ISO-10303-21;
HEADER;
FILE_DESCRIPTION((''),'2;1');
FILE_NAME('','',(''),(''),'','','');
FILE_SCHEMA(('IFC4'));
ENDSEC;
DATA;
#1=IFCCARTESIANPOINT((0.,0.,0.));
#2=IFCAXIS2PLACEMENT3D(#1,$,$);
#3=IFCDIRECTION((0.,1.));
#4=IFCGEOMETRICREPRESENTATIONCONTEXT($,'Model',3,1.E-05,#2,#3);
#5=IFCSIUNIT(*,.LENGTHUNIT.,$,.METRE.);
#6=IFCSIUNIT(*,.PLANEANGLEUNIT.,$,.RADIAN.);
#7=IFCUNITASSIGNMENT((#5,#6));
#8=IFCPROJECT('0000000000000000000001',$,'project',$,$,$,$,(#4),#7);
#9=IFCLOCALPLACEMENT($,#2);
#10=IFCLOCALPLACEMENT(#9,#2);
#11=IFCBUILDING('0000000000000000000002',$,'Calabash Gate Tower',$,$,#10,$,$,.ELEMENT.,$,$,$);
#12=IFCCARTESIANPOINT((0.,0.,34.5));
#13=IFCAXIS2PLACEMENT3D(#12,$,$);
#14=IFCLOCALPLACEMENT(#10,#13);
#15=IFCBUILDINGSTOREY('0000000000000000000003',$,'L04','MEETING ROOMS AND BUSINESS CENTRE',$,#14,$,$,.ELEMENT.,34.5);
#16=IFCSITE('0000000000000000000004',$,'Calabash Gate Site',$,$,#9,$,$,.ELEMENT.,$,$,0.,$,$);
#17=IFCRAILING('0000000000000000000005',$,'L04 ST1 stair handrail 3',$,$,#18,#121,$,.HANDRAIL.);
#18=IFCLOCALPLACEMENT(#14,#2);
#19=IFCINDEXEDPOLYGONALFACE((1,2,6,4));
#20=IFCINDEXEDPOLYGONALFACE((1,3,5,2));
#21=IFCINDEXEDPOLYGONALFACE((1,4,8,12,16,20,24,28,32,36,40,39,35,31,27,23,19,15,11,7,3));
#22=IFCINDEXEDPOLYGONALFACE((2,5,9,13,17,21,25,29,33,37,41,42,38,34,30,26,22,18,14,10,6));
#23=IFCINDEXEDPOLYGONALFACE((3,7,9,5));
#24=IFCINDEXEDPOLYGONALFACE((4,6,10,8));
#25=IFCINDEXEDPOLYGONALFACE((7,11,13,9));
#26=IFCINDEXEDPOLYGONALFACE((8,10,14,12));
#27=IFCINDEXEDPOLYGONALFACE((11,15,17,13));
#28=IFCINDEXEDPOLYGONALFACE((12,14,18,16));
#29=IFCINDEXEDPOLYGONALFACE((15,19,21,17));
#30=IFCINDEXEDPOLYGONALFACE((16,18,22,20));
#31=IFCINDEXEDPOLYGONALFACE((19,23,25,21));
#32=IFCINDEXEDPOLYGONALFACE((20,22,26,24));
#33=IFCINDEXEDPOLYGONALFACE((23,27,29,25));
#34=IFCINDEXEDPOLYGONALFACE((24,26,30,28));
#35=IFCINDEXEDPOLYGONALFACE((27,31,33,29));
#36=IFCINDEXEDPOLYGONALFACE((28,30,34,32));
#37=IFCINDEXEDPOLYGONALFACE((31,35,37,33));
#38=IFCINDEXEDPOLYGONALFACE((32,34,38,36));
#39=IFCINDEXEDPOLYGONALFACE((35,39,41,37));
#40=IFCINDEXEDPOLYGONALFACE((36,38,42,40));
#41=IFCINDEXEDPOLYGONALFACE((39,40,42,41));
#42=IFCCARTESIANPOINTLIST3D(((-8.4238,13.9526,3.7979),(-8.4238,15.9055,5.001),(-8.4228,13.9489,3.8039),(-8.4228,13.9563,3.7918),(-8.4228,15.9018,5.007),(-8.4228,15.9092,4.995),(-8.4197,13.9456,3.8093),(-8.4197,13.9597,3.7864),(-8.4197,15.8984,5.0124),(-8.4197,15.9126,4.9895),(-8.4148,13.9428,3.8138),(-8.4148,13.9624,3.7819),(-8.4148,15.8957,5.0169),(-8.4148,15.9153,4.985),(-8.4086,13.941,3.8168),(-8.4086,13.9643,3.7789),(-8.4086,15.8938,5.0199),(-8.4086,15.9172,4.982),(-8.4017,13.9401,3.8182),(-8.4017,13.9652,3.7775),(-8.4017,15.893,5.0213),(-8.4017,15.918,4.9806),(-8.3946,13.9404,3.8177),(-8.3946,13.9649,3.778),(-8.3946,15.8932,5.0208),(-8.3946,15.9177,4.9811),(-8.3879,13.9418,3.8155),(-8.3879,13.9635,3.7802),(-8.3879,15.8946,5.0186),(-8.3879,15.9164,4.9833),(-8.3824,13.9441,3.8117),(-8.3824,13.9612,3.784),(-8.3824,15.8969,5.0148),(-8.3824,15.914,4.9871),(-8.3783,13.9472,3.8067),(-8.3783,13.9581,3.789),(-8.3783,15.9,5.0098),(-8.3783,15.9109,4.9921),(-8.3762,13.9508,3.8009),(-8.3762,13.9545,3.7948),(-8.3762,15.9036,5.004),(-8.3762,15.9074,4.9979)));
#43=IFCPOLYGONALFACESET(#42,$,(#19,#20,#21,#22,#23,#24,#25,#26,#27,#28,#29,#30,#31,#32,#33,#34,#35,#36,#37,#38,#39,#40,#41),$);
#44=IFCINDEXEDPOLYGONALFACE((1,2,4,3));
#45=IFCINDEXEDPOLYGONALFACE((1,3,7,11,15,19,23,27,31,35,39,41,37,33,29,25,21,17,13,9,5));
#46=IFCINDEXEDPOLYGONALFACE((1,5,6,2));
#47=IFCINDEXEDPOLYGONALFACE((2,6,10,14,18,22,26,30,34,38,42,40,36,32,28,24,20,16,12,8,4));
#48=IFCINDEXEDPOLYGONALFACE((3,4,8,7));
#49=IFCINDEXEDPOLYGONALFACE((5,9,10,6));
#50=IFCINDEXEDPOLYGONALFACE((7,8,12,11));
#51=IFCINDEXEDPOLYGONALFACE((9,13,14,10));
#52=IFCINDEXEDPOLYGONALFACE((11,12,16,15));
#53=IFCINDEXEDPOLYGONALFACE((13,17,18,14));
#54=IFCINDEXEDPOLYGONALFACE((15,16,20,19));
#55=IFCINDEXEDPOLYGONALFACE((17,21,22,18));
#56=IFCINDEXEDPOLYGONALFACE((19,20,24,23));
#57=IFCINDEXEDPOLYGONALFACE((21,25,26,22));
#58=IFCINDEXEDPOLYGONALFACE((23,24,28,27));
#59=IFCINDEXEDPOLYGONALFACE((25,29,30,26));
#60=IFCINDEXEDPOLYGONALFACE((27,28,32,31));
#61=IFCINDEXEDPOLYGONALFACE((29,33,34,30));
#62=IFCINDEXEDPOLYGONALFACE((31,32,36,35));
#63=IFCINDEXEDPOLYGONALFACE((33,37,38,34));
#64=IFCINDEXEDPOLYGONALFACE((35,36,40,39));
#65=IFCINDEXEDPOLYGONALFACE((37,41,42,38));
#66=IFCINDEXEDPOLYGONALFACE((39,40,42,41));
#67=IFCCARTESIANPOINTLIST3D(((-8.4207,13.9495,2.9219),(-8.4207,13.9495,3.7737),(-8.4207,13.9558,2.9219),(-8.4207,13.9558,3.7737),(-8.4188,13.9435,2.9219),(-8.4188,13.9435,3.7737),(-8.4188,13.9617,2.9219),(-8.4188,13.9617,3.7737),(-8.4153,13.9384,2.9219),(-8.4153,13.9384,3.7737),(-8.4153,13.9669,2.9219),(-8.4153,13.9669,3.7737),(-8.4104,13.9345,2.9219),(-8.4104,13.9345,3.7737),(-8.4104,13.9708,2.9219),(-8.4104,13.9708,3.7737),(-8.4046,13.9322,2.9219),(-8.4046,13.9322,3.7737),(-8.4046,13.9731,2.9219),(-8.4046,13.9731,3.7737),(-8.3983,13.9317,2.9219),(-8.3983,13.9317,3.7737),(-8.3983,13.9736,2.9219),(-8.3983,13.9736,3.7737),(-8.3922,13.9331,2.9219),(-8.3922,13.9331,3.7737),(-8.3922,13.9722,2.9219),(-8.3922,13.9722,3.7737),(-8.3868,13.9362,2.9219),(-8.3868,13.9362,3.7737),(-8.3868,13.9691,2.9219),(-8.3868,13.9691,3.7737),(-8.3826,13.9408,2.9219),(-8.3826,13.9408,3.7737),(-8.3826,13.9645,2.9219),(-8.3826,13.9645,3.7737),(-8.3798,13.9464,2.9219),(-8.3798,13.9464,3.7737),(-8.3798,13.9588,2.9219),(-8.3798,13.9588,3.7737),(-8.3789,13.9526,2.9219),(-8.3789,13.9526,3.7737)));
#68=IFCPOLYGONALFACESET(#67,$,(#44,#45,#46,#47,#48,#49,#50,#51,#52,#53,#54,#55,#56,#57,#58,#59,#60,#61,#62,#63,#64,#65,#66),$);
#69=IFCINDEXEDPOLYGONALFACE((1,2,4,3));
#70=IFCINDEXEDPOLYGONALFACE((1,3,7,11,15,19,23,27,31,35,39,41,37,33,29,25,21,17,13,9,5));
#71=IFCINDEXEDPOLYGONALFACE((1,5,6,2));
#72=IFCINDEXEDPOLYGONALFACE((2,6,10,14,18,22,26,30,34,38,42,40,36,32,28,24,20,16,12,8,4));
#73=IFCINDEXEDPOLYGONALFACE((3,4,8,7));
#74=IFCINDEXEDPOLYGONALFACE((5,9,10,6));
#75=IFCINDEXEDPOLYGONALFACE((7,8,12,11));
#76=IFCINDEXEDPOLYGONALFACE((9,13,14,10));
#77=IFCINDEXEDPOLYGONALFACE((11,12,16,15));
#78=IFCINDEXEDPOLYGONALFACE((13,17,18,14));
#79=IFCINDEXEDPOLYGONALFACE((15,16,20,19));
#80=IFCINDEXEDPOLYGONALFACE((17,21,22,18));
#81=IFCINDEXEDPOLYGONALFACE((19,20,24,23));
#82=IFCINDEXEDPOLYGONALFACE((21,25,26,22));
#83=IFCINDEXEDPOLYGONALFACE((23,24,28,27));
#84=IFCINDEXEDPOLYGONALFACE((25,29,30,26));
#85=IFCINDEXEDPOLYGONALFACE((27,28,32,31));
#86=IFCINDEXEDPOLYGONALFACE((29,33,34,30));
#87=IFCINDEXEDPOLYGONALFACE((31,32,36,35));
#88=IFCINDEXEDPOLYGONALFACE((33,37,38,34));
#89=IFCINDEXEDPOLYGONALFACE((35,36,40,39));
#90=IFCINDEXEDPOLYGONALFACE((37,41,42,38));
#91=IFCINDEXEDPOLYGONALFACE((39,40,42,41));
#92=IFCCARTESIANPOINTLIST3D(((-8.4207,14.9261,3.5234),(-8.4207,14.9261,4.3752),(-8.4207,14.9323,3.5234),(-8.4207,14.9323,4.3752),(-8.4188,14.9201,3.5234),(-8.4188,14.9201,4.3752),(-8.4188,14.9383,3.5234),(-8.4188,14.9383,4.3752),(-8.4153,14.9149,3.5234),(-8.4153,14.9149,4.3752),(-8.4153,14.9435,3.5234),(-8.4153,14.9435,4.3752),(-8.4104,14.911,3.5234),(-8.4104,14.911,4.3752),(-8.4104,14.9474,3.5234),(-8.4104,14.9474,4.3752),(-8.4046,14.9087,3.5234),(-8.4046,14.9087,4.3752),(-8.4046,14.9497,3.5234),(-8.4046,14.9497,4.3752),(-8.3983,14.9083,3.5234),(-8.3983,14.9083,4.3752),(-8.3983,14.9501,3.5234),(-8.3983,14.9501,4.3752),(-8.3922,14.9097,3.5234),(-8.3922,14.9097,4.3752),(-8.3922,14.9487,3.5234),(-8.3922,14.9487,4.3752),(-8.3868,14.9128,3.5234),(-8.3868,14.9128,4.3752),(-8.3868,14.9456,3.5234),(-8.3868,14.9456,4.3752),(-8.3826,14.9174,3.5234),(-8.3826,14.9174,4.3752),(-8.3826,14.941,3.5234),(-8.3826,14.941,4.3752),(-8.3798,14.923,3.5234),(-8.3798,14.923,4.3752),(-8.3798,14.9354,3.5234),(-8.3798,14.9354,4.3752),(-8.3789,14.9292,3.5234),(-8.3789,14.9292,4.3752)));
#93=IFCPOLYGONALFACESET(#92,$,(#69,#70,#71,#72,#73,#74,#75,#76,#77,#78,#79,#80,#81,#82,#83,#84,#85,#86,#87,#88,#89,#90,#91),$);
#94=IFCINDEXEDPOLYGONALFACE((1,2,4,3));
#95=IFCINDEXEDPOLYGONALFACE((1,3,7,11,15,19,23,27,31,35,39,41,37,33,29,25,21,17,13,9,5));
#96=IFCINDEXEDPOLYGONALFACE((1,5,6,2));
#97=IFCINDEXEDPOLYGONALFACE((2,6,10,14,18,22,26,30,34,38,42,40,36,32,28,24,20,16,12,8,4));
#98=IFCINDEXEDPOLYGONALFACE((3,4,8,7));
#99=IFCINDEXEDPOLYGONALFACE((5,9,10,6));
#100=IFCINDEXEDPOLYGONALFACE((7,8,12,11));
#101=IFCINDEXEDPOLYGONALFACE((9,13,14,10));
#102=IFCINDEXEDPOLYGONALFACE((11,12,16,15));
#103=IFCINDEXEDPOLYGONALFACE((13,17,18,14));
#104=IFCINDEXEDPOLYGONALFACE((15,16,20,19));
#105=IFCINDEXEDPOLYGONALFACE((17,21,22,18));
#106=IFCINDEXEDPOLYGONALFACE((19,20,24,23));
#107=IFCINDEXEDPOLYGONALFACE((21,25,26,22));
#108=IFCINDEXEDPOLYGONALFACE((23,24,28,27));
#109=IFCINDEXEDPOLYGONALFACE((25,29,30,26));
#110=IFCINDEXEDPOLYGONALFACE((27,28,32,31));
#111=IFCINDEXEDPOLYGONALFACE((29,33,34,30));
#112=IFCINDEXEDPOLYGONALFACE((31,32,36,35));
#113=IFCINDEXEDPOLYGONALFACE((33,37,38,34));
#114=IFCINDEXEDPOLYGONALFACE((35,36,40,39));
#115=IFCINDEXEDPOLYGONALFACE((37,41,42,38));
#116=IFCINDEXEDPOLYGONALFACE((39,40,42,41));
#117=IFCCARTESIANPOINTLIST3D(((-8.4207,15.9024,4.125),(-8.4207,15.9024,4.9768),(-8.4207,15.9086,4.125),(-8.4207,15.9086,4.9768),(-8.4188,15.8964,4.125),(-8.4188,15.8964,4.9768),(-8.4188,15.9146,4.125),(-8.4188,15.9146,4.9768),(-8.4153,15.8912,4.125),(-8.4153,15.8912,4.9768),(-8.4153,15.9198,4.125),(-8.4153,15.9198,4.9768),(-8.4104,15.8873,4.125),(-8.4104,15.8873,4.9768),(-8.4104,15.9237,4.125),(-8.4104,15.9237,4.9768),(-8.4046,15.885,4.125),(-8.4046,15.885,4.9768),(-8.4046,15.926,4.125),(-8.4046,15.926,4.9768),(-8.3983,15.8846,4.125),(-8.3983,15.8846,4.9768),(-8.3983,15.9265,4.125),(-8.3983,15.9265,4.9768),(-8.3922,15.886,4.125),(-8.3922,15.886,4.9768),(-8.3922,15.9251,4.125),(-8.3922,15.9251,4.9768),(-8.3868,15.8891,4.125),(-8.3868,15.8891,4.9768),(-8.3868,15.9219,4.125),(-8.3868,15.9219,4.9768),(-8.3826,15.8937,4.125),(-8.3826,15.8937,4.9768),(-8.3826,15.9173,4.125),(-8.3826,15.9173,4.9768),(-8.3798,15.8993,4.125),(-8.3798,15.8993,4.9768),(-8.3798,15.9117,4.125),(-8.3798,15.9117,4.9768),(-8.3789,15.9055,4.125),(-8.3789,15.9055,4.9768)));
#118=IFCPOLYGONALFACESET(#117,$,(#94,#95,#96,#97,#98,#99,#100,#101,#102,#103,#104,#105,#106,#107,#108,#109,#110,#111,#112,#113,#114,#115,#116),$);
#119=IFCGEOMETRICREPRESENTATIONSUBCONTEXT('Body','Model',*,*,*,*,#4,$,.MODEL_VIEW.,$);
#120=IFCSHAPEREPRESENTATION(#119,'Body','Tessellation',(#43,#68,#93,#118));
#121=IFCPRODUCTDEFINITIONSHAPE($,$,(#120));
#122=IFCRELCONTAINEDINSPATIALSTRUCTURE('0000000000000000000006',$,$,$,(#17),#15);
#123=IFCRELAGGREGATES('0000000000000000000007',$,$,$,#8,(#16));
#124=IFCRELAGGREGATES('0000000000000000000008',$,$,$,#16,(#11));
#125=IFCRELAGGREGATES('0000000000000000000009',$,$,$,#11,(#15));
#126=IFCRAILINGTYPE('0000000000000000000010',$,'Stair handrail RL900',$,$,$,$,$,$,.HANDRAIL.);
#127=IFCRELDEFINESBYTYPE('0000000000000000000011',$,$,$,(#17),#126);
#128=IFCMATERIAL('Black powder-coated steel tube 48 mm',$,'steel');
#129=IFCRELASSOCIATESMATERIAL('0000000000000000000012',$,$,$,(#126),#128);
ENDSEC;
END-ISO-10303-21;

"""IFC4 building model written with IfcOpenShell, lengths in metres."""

from ifc_helpers import new_model, si_unit, direction, frame, origin, origin_2d, place, context, subcontext, project, spatial, circle, extrude, material, type_object, element, save


model = new_model("IFC4")

# Units and contexts
model_context = context("Model", 3, precision=1e-05, world=origin(), true_north=direction((0.0, 1.0)))
body_context = subcontext(model_context, "Body", "Model", "MODEL_VIEW")
ifc_project = project(units=[si_unit("LENGTHUNIT", "METRE"), si_unit("PLANEANGLEUNIT", "RADIAN")], contexts=[model_context])

# Site, building, storey
site_placement = place(None, origin())
site = spatial("IfcSite", under=ifc_project, at=site_placement, Name="Calabash Gate Site", CompositionType="ELEMENT", RefElevation=0.0)
building_placement = place(site_placement, origin())
building = spatial("IfcBuilding", under=site, at=building_placement, Name="Calabash Gate Tower", CompositionType="ELEMENT")
storey_placement = place(building_placement, frame((0.0, 0.0, 34.5)))
storey = spatial("IfcBuildingStorey", under=building, at=storey_placement, Name="L04", Description="MEETING ROOMS AND BUSINESS CENTRE", CompositionType="ELEMENT", Elevation=34.5)

# Railing
ifc_material_1 = material(Name="Black powder-coated steel tube 48 mm", Category="steel")
railing_type_1 = type_object("IfcRailingType", Name="Stair handrail RL900", PredefinedType="HANDRAIL", material=ifc_material_1)
railing_1_placement = place(storey_placement, frame((-8.3999, 13.9526, 2.9219)))
element("IfcRailing", 1, at=railing_1_placement, inside=storey, type_object=railing_type_1, Name="L04 ST1 stair handrail 3", PredefinedType="HANDRAIL", context=body_context, shape_type="SweptSolid", body=[
    extrude(circle(Radius=0.0239, at=origin_2d()), frame((0.0, 0.0, 0.876), z_axis=(0.0, 0.851395, 0.524525), x_axis=(-1.0, 0.0, 0.0)), (0.0, 0.0, 1.0), 2.2937),
    extrude(circle(Radius=0.021, at=origin_2d()), origin(), (0.0, 0.0, 1.0), 0.8518),
    extrude(circle(Radius=0.021, at=origin_2d()), frame((0.0, 0.9766, 0.6016)), (0.0, 0.0, 1.0), 0.8518),
    extrude(circle(Radius=0.021, at=origin_2d()), frame((0.0, 1.9529, 1.2031)), (0.0, 0.0, 1.0), 0.8518),
])

save(model, "model.ifc")
